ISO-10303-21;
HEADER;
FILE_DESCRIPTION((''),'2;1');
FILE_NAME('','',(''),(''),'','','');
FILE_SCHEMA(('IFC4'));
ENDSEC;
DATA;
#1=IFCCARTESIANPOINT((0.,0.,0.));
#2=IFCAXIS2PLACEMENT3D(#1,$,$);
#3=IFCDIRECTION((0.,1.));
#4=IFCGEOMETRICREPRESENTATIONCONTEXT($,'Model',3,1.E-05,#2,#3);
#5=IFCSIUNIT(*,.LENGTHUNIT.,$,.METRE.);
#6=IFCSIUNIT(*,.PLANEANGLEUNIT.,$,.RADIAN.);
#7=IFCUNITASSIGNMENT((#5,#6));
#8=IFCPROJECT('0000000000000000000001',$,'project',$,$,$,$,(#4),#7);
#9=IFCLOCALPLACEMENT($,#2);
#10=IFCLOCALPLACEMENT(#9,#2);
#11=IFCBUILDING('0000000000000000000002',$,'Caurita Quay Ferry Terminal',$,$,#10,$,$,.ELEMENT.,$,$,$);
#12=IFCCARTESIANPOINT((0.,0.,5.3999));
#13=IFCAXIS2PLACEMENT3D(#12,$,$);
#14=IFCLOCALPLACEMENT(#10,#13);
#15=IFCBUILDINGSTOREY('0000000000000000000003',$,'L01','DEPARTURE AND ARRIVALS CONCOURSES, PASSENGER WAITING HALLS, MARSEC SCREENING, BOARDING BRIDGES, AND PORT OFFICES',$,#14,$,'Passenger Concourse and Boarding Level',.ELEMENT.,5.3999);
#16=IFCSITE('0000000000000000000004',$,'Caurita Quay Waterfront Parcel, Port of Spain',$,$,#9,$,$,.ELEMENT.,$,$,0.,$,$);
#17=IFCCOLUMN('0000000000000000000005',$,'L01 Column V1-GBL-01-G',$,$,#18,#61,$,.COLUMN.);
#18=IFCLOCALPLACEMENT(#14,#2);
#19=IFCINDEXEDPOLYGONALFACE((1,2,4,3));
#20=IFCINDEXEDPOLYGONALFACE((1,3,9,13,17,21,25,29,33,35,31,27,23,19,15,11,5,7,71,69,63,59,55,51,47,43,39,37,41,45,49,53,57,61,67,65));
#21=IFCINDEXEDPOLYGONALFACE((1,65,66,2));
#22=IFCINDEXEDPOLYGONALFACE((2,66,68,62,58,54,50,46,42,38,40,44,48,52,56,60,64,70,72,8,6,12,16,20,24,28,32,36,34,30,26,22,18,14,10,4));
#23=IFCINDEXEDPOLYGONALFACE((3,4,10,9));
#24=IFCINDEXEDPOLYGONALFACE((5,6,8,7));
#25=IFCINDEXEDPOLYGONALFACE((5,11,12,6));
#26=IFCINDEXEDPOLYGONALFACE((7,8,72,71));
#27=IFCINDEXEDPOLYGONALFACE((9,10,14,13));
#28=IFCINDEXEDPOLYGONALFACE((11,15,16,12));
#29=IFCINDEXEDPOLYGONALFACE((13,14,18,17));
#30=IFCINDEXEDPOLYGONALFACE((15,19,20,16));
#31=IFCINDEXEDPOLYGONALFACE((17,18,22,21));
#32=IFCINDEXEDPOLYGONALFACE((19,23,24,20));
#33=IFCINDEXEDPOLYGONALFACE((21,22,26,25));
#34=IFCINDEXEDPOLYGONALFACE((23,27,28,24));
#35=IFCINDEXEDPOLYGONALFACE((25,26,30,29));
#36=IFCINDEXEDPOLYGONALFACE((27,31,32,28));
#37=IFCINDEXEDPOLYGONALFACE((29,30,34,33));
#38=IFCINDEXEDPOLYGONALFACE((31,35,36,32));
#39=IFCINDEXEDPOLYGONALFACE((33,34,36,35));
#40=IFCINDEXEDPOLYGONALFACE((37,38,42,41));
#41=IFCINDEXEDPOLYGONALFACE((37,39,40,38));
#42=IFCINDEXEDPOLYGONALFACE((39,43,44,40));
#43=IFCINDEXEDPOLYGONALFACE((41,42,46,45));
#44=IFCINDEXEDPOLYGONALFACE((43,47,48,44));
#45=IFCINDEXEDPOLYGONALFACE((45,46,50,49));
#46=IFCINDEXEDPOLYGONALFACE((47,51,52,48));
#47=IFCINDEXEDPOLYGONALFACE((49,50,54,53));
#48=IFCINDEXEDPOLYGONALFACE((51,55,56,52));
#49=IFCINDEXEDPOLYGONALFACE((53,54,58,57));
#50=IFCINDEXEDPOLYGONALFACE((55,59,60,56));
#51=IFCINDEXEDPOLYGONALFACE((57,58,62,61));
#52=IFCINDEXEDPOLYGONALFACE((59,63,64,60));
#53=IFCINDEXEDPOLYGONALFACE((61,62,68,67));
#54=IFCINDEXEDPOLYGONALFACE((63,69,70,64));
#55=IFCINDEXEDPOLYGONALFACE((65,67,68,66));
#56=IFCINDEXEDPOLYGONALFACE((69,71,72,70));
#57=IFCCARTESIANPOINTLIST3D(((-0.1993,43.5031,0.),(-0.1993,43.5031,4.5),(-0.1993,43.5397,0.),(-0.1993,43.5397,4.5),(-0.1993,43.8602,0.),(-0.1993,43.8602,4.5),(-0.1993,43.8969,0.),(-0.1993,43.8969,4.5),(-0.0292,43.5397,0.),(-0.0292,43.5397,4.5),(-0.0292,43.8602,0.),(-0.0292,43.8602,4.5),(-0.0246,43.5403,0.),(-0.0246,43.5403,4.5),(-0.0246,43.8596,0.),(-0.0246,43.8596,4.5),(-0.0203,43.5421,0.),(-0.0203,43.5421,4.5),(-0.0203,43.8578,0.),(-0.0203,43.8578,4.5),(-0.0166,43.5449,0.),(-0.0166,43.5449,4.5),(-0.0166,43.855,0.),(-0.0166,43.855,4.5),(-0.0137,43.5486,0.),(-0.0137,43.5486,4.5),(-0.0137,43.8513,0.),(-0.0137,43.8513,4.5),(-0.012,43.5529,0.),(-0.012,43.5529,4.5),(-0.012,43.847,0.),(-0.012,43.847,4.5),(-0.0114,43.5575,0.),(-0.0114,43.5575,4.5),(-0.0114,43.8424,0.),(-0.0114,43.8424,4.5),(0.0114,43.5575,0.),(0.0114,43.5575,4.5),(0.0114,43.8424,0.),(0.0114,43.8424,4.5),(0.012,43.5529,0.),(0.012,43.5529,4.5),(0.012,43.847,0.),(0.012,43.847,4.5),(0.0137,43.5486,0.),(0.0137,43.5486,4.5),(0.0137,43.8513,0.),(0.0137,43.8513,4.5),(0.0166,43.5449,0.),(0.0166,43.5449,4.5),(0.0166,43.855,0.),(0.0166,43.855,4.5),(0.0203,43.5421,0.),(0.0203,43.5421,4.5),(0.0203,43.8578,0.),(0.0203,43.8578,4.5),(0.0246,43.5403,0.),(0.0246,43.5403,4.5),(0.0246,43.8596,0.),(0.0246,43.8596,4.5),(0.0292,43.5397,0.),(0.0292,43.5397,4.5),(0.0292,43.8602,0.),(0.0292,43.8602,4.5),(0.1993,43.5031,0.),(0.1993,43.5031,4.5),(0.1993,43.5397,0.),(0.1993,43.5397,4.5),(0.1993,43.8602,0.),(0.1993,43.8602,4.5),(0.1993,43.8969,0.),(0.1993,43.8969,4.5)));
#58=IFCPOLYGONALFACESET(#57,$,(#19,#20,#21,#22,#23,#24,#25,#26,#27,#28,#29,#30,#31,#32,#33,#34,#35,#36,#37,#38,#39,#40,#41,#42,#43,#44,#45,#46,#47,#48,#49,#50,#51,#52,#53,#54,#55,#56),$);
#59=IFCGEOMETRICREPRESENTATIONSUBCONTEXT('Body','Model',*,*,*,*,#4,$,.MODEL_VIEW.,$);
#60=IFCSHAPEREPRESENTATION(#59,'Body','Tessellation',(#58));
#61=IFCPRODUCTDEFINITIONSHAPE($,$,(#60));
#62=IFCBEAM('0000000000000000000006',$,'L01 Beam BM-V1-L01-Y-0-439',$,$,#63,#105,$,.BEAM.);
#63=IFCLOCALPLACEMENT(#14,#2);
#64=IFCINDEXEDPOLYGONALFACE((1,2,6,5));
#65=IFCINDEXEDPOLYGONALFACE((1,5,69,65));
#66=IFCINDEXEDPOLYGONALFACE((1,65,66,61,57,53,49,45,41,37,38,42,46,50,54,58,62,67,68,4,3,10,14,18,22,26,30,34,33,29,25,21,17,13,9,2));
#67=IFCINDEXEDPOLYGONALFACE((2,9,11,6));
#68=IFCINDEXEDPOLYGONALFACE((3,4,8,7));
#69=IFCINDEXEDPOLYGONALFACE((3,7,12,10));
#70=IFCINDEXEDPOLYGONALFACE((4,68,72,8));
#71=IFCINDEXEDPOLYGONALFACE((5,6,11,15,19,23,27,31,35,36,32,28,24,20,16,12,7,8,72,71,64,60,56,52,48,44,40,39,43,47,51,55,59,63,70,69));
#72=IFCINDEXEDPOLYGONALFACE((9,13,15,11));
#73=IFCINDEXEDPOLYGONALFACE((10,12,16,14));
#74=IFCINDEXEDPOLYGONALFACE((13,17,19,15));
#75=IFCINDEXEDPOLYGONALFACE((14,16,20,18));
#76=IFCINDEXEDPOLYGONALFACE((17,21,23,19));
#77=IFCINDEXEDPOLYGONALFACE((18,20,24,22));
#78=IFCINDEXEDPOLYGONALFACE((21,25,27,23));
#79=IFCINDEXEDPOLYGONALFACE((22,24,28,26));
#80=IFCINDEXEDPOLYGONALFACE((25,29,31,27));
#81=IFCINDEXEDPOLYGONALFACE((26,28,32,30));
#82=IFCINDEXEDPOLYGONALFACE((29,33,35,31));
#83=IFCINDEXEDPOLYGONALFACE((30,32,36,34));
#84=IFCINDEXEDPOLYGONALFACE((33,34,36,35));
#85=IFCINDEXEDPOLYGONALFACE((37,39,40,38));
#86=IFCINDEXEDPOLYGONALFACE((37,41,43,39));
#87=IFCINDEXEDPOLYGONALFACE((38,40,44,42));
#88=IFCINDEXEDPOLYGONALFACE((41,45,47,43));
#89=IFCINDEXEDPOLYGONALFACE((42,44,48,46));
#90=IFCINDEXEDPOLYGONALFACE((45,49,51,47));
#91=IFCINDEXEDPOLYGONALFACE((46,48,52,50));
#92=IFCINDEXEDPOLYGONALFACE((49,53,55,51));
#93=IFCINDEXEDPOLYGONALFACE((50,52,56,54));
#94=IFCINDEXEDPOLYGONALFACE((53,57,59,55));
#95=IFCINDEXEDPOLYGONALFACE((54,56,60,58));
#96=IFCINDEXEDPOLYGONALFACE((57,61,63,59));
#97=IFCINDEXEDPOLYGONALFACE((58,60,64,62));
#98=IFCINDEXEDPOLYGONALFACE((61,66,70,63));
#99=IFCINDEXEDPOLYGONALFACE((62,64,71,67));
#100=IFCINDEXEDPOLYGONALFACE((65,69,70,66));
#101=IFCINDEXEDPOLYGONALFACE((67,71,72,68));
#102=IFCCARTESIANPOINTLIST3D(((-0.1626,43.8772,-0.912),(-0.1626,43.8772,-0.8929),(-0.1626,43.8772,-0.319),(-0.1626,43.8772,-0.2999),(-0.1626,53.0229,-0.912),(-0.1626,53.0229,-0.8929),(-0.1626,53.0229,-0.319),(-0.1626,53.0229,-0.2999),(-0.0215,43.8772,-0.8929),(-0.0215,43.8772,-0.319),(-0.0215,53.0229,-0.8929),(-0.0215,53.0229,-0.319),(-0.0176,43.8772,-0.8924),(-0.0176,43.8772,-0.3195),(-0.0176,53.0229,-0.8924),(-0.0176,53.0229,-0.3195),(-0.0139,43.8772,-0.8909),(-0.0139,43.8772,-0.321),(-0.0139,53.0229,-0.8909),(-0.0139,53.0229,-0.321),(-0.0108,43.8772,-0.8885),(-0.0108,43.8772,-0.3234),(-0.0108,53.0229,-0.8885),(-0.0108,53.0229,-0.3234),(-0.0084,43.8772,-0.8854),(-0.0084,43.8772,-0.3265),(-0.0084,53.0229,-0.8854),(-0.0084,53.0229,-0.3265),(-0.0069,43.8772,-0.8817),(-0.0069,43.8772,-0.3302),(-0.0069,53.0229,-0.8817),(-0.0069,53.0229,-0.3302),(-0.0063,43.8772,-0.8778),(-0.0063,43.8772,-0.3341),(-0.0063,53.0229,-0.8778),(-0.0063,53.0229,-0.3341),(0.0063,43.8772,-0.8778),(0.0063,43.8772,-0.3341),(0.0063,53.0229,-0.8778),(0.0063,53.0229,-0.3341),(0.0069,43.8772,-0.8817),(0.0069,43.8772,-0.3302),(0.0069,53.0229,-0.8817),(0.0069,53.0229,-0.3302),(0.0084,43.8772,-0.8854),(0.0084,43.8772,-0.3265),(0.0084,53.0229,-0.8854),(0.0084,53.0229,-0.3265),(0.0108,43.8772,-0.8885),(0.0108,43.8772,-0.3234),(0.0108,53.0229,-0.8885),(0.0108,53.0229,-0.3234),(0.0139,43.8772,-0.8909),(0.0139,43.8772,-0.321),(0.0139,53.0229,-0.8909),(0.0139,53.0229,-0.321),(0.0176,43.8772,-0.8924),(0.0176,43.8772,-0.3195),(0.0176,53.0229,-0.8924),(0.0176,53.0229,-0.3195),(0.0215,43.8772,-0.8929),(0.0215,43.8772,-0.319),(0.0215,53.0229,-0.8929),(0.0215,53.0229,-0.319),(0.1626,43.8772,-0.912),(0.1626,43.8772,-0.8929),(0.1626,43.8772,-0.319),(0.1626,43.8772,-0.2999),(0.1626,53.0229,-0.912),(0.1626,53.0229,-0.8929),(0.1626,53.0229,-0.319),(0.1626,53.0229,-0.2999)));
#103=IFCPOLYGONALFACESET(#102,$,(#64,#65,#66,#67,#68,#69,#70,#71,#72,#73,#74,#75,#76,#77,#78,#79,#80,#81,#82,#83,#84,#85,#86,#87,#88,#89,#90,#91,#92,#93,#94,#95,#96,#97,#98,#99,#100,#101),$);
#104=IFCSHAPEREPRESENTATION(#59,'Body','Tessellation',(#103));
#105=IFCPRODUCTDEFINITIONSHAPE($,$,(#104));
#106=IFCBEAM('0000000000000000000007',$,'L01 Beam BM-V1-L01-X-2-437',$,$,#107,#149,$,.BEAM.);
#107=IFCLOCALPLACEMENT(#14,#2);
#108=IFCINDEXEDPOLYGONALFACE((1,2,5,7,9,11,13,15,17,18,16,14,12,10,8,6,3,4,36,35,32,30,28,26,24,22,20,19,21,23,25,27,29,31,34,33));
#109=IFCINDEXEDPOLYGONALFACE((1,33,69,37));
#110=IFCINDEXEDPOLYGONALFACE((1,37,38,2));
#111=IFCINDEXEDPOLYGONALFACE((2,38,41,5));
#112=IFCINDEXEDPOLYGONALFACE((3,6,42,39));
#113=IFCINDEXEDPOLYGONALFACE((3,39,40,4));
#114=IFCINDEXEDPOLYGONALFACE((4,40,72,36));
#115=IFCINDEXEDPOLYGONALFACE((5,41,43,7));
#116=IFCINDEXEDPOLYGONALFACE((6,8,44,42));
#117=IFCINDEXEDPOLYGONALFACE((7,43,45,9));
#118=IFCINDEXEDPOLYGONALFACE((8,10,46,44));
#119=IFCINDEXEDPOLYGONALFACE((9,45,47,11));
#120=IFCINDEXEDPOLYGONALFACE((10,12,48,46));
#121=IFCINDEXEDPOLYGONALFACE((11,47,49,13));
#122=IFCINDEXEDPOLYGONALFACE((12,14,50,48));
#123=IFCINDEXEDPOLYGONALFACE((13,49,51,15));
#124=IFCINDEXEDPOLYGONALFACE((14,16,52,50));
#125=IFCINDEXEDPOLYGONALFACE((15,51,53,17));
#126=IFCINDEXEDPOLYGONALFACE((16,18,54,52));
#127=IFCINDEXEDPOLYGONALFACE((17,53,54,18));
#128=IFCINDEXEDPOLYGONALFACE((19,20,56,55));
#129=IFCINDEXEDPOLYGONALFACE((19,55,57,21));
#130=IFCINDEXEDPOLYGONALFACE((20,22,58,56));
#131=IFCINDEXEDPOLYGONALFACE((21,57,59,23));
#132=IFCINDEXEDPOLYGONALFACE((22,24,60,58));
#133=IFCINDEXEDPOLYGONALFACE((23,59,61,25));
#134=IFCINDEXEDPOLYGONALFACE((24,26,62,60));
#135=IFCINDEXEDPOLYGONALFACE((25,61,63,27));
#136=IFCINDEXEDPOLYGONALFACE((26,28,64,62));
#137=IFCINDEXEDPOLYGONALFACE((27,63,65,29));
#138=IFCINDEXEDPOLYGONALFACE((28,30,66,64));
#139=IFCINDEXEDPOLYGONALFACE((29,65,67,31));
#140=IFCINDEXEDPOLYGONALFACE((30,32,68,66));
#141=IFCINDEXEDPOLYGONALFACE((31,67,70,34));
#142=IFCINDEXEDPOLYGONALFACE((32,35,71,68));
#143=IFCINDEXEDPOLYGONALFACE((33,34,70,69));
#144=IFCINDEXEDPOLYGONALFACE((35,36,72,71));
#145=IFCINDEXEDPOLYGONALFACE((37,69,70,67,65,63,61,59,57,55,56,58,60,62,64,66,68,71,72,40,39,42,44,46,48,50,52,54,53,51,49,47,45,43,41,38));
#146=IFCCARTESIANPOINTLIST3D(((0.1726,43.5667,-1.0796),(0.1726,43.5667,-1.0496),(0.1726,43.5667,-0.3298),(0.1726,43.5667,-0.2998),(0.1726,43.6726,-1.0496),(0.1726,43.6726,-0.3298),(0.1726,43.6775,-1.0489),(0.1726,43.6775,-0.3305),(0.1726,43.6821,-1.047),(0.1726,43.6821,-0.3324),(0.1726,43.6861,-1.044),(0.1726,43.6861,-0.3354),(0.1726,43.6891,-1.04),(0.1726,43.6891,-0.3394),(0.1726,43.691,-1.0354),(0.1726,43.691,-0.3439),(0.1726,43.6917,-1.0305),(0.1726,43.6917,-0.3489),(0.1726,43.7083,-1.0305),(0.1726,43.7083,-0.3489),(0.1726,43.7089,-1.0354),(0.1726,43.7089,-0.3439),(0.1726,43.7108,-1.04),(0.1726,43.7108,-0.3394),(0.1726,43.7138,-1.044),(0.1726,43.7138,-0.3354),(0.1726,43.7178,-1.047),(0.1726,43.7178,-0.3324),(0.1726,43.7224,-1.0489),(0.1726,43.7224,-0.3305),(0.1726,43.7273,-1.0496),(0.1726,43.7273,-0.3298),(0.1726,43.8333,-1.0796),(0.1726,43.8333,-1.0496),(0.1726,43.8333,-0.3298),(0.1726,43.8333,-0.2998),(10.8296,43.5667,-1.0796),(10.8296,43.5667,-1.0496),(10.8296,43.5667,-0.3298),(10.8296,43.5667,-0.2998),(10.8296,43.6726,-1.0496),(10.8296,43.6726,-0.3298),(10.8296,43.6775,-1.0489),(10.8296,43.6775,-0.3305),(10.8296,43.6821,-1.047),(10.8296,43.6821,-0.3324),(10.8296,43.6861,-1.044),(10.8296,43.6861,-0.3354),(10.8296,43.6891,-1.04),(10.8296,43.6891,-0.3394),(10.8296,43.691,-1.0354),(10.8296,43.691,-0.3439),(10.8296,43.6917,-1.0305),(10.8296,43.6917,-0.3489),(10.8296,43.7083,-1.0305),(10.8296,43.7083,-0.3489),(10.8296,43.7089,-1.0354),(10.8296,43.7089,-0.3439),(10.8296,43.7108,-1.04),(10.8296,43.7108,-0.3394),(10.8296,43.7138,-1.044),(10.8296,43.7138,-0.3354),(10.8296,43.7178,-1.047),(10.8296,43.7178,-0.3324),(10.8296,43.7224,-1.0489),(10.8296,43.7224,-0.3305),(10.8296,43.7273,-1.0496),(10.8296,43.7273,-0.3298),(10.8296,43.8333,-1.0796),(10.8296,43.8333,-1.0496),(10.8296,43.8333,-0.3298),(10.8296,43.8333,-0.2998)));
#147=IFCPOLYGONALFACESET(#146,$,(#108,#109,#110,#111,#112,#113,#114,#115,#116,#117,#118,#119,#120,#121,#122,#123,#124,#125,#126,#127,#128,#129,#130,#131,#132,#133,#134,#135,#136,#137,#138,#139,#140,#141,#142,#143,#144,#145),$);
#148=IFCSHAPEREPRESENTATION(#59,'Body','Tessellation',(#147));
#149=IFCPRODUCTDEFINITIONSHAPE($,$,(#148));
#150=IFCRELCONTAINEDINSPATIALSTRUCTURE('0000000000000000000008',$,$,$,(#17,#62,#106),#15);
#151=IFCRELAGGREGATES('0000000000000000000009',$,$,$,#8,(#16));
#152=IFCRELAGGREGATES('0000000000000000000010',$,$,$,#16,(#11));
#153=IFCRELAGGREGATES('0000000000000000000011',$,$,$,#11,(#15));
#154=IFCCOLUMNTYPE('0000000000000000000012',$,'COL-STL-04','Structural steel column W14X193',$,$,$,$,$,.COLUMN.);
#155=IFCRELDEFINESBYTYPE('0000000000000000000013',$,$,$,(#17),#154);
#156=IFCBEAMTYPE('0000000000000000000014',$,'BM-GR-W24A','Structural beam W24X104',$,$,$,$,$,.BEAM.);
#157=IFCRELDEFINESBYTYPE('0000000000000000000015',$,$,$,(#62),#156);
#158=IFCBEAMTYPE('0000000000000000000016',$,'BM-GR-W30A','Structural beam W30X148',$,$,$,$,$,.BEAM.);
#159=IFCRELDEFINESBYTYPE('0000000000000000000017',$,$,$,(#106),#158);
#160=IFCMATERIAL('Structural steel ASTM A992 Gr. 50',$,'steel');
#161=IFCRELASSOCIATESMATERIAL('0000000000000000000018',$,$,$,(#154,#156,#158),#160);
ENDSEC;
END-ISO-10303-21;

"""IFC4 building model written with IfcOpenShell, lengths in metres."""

from ifc_helpers import new_model, si_unit, direction, frame, origin, origin_2d, place, context, subcontext, project, spatial, i_section, extrude, material, material_profile, profile_set, type_object, element, save


model = new_model("IFC4")

# Units and contexts
model_context = context("Model", 3, precision=1e-05, world=origin(), true_north=direction((0.0, 1.0)))
body_context = subcontext(model_context, "Body", "Model", "MODEL_VIEW")
ifc_project = project(units=[si_unit("LENGTHUNIT", "METRE"), si_unit("PLANEANGLEUNIT", "RADIAN")], contexts=[model_context])

# Site, building, storey
site_placement = place(None, origin())
site = spatial("IfcSite", under=ifc_project, at=site_placement, Name="Caurita Quay Waterfront Parcel, Port of Spain", CompositionType="ELEMENT", RefElevation=0.0)
building_placement = place(site_placement, origin())
building = spatial("IfcBuilding", under=site, at=building_placement, Name="Caurita Quay Ferry Terminal", CompositionType="ELEMENT")
storey_placement = place(building_placement, frame((0.0, 0.0, 5.3999)))
storey = spatial("IfcBuildingStorey", under=building, at=storey_placement, Name="L01", Description="DEPARTURE AND ARRIVALS CONCOURSES, PASSENGER WAITING HALLS, MARSEC SCREENING, BOARDING BRIDGES, AND PORT OFFICES", LongName="Passenger Concourse and Boarding Level", CompositionType="ELEMENT", Elevation=5.3999)

# Column
ifc_material_1 = material(Name="Structural steel ASTM A992 Gr. 50", Category="steel")
ifc_material_profile_1 = material_profile(ifc_material_1, i_section(OverallWidth=0.3987, OverallDepth=0.3938, WebThickness=0.0227, FlangeThickness=0.0366, FilletRadius=0.0178, at=origin_2d()), Name="W14X193")
ifc_profile_set_1 = profile_set([ifc_material_profile_1], Name="Structural steel ASTM A992 Gr. 50")
column_type = type_object("IfcColumnType", Name="COL-STL-04", Description="Structural steel column W14X193", PredefinedType="COLUMN", material=ifc_profile_set_1)
column_placement = place(storey_placement, frame((0.0, 43.7, 0.0), z_axis=(0.0, 0.0, 1.0), x_axis=(1.0, 0.0, 0.0)))
element("IfcColumn", 1, at=column_placement, inside=storey, type_object=column_type, Name="L01 Column V1-GBL-01-G", PredefinedType="COLUMN", context=body_context, shape_type="SweptSolid", body=[
    extrude(i_section(OverallWidth=0.3987, OverallDepth=0.3938, WebThickness=0.0227, FlangeThickness=0.0366, FilletRadius=0.0178, at=origin_2d()), origin(), (0.0, 0.0, 1.0), 4.5),
])

# Beams
ifc_material_profile_2 = material_profile(ifc_material_1, i_section(OverallWidth=0.3252, OverallDepth=0.6121, WebThickness=0.0127, FlangeThickness=0.019, FilletRadius=0.0151, at=origin_2d()), Name="W24X104")
ifc_profile_set_2 = profile_set([ifc_material_profile_2], Name="Structural steel ASTM A992 Gr. 50")
beam_type_1 = type_object("IfcBeamType", Name="BM-GR-W24A", Description="Structural beam W24X104", PredefinedType="BEAM", material=ifc_profile_set_2)
beam_1_placement = place(storey_placement, frame((0.0, 43.8772, -0.606), z_axis=(0.0, 1.0, 0.0), x_axis=(-1.0, 0.0, 0.0)))
element("IfcBeam", 2, at=beam_1_placement, inside=storey, type_object=beam_type_1, Name="L01 Beam BM-V1-L01-Y-0-439", PredefinedType="BEAM", context=body_context, shape_type="SweptSolid", body=[
    extrude(i_section(OverallWidth=0.3252, OverallDepth=0.6121, WebThickness=0.0127, FlangeThickness=0.019, FilletRadius=0.0151, at=origin_2d()), origin(), (0.0, 0.0, 1.0), 9.1458),
])
ifc_material_profile_3 = material_profile(ifc_material_1, i_section(OverallWidth=0.2666, OverallDepth=0.7798, WebThickness=0.0166, FlangeThickness=0.03, FilletRadius=0.019, at=origin_2d()), Name="W30X148")
ifc_profile_set_3 = profile_set([ifc_material_profile_3], Name="Structural steel ASTM A992 Gr. 50")
beam_type_2 = type_object("IfcBeamType", Name="BM-GR-W30A", Description="Structural beam W30X148", PredefinedType="BEAM", material=ifc_profile_set_3)
beam_2_placement = place(storey_placement, frame((0.1726, 43.7, -0.6897), z_axis=(1.0, 0.0, 0.0), x_axis=(0.0, 1.0, 0.0)))
element("IfcBeam", 3, at=beam_2_placement, inside=storey, type_object=beam_type_2, Name="L01 Beam BM-V1-L01-X-2-437", PredefinedType="BEAM", context=body_context, shape_type="SweptSolid", body=[
    extrude(i_section(OverallWidth=0.2666, OverallDepth=0.7798, WebThickness=0.0166, FlangeThickness=0.03, FilletRadius=0.019, at=origin_2d()), origin(), (0.0, 0.0, 1.0), 10.657),
])

save(model, "model.ifc")
